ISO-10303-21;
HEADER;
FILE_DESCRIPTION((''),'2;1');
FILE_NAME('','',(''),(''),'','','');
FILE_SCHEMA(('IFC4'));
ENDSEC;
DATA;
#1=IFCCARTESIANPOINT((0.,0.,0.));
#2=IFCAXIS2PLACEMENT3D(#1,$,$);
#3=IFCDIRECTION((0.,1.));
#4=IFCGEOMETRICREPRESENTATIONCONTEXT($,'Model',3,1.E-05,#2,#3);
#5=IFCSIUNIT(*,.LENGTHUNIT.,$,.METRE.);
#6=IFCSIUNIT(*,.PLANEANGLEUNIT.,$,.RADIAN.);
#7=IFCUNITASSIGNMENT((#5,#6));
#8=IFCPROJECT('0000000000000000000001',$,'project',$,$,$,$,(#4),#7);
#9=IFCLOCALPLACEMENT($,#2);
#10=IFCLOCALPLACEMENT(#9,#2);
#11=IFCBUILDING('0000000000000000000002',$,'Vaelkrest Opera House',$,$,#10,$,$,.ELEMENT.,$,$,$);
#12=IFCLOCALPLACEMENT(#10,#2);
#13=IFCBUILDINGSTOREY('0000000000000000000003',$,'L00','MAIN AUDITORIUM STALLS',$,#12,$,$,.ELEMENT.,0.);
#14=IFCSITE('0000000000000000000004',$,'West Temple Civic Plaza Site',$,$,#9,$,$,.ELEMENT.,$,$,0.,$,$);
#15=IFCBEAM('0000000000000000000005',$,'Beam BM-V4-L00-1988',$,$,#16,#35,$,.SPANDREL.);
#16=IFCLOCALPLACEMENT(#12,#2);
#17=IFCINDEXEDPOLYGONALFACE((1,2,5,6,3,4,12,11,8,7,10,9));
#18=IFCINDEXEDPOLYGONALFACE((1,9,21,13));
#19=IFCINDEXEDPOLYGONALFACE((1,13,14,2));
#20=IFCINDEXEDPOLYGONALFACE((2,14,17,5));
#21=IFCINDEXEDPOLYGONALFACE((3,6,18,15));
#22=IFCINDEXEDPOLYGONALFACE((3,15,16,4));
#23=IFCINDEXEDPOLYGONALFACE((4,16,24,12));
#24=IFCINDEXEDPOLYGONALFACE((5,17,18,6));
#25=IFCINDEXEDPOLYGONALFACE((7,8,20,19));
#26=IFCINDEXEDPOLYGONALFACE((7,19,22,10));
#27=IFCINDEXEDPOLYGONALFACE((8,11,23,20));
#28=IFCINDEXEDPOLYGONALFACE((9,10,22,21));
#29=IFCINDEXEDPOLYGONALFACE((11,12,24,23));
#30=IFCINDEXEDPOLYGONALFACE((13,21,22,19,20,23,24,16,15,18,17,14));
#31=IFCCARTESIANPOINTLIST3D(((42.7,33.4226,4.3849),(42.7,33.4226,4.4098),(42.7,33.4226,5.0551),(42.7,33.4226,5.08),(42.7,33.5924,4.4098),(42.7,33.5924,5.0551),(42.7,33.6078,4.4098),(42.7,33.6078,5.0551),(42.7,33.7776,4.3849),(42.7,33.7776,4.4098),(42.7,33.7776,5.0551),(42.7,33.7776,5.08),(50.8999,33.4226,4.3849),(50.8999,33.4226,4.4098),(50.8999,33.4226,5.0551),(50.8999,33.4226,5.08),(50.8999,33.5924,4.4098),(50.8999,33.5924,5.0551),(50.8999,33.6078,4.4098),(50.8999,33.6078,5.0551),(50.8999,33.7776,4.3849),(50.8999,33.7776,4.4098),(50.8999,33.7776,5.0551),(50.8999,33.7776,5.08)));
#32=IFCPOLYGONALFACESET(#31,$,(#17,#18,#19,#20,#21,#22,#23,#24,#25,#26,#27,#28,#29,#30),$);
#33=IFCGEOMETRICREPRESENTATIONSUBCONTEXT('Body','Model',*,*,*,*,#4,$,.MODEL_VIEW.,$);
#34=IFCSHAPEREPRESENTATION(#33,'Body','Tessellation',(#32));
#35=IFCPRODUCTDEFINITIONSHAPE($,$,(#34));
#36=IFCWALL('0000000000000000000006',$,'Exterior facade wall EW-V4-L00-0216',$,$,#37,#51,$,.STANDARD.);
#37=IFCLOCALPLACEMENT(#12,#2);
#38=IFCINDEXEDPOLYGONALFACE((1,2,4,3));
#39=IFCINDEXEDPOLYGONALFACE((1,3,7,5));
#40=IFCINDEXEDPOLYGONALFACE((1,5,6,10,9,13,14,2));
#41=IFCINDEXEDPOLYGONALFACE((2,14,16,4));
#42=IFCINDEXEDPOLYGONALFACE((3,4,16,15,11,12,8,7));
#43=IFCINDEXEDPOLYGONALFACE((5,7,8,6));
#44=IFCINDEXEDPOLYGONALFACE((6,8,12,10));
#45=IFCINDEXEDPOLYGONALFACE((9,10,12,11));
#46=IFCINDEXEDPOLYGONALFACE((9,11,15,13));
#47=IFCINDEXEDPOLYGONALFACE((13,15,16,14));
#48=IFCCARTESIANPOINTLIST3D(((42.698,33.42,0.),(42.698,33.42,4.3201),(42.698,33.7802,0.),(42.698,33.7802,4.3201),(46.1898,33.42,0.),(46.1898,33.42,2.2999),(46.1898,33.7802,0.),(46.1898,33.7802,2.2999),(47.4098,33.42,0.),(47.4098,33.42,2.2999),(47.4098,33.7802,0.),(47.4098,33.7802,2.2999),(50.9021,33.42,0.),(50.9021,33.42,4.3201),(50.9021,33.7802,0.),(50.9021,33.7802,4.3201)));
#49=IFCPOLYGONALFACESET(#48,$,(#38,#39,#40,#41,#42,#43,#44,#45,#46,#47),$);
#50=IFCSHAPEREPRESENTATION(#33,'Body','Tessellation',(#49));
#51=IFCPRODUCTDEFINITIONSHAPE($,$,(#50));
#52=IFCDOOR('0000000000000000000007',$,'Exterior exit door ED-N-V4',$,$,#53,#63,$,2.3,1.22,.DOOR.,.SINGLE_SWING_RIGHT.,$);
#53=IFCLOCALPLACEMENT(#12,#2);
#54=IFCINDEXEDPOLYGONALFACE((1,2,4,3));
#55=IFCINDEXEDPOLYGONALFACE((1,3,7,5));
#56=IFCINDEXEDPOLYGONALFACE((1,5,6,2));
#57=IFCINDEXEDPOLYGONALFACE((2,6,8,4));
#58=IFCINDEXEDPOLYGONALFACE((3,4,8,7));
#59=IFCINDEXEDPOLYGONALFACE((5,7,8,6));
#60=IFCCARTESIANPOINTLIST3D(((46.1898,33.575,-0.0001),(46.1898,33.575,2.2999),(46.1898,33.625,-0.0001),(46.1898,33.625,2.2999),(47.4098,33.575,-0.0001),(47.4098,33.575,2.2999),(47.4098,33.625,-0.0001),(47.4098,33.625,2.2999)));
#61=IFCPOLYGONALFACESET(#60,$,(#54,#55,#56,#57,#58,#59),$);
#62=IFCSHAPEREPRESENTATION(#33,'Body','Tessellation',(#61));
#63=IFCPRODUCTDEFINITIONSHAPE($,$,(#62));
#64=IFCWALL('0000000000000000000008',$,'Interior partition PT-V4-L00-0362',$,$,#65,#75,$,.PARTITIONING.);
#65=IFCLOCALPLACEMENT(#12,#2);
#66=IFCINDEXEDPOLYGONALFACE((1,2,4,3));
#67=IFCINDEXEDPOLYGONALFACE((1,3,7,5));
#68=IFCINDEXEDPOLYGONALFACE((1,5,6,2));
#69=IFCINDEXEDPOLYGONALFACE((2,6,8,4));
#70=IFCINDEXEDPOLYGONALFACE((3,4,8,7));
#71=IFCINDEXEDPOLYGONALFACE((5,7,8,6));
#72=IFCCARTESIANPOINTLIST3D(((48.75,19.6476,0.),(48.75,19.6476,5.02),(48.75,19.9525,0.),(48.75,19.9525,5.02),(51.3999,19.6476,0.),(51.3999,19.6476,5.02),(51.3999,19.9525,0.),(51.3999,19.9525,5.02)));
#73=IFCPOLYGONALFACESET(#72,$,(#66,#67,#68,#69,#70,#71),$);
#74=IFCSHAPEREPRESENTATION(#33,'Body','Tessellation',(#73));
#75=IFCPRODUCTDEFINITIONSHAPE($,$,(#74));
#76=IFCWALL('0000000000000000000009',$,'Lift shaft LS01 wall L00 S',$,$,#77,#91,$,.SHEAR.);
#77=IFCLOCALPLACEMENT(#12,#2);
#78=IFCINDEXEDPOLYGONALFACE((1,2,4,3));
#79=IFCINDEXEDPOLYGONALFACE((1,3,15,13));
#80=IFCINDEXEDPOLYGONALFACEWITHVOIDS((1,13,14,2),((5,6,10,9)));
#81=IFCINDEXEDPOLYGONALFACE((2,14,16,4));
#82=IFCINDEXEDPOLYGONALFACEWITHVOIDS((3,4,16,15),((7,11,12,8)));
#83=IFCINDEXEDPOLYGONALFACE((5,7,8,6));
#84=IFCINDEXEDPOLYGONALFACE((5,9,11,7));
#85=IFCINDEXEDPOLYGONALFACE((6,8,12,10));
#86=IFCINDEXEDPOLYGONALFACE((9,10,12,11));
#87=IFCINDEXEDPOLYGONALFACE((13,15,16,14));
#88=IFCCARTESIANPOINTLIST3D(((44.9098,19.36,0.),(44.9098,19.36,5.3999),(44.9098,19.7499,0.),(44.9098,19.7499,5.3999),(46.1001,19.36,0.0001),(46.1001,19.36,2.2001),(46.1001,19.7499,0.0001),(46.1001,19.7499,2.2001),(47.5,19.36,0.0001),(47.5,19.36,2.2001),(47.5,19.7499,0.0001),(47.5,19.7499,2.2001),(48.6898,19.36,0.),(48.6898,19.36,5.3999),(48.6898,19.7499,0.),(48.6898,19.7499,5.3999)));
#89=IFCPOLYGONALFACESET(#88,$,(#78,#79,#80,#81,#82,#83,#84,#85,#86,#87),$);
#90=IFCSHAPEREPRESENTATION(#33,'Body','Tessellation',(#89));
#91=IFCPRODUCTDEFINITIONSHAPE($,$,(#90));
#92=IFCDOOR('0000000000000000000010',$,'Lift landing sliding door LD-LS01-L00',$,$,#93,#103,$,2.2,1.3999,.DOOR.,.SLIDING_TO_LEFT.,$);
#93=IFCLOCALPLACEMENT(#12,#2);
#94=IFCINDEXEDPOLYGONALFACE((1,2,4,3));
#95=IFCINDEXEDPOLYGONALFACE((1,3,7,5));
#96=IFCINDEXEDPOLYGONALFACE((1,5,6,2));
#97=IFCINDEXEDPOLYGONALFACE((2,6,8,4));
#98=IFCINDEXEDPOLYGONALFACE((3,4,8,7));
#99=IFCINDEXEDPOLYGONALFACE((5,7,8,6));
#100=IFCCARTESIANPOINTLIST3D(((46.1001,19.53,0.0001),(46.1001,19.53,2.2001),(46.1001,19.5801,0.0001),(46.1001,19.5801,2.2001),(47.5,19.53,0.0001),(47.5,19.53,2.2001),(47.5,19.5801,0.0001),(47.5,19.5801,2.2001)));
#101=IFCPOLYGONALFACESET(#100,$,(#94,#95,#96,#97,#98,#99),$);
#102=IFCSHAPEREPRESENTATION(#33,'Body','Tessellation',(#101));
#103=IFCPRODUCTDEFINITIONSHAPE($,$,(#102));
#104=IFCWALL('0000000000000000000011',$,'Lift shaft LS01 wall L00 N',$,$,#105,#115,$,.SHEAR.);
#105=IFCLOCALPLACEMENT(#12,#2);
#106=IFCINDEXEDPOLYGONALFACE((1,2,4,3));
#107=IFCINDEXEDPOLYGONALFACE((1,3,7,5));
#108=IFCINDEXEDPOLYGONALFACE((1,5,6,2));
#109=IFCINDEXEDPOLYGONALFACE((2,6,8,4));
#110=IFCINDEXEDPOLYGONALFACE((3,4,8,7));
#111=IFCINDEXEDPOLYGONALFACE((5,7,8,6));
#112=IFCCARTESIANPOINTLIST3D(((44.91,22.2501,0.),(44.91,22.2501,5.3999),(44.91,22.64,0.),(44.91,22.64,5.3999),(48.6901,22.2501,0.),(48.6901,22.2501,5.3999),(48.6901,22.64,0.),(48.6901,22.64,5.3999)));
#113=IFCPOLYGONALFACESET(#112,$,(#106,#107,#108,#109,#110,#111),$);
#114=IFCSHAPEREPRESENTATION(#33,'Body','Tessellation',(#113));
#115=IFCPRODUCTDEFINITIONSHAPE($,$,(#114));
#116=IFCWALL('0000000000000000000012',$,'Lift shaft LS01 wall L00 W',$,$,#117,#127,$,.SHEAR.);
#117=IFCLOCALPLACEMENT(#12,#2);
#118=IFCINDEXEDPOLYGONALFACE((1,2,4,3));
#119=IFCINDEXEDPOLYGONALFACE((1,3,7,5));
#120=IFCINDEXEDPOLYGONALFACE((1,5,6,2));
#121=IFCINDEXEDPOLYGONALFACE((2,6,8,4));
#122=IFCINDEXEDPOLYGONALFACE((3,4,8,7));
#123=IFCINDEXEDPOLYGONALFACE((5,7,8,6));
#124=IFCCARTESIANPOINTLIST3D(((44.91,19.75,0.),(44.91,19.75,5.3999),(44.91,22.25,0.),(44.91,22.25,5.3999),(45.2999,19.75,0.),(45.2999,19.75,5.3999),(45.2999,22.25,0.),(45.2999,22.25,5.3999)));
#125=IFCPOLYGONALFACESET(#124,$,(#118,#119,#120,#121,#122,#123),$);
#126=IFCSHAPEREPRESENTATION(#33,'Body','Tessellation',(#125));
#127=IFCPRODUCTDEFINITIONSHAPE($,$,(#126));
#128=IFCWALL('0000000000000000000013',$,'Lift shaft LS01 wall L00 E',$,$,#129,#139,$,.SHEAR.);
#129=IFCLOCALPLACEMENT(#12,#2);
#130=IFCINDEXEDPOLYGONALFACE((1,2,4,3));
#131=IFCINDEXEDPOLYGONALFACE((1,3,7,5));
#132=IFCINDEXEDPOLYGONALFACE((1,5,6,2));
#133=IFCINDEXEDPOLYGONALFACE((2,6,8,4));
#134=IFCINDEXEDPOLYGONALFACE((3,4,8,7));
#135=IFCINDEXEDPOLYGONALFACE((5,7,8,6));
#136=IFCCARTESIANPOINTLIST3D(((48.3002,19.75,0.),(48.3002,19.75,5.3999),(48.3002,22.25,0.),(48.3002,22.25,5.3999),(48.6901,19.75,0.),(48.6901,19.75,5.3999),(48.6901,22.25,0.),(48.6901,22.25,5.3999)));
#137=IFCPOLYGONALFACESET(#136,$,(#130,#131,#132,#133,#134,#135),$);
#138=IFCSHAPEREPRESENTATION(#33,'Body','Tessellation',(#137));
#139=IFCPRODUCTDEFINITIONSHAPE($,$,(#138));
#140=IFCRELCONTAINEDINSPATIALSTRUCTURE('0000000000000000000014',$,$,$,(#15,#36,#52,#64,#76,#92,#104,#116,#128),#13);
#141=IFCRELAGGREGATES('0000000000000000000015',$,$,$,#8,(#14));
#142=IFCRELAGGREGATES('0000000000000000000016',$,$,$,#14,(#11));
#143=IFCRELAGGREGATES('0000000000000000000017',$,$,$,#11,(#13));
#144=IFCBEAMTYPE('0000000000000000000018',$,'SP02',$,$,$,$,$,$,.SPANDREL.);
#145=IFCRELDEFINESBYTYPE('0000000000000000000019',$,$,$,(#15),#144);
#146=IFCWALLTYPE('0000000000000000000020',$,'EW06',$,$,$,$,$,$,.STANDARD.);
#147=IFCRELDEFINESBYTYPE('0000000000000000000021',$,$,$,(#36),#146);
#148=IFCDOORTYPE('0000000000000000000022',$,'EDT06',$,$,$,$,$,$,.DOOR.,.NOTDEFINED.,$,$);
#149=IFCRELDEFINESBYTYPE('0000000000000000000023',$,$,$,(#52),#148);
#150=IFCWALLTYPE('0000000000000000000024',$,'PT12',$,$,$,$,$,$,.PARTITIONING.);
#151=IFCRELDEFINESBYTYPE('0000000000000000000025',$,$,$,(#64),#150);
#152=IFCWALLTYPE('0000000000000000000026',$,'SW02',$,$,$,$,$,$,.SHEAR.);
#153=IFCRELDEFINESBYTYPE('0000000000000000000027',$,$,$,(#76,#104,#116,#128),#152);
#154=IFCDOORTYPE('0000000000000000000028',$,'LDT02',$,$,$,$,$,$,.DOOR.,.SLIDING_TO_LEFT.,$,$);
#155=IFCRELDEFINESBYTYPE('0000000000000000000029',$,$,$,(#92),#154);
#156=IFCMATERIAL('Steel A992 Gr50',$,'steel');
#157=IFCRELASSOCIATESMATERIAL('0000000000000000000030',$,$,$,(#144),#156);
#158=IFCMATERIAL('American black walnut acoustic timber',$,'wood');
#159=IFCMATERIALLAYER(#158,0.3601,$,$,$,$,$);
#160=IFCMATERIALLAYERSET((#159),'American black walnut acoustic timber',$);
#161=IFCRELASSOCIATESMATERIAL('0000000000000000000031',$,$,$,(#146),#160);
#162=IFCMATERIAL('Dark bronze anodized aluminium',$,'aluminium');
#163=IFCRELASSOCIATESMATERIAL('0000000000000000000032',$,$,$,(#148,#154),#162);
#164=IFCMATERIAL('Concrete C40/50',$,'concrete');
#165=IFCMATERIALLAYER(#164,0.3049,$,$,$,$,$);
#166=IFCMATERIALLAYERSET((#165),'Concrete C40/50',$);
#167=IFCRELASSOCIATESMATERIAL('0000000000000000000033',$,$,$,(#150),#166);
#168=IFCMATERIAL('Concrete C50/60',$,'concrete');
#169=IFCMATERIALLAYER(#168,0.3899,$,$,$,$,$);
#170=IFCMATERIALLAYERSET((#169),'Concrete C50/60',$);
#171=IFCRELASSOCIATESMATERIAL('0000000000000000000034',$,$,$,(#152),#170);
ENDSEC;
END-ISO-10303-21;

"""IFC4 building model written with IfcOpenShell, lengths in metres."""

from ifc_helpers import new_model, si_unit, direction, frame, frame_2d, origin, origin_2d, place, context, subcontext, project, spatial, rectangle, i_section, extrude, material, layer, layer_set, material_profile, profile_set, type_object, element, fill, save


model = new_model("IFC4")

# Units and contexts
model_context = context("Model", 3, precision=1e-05, world=origin(), true_north=direction((0.0, 1.0)))
body_context = subcontext(model_context, "Body", "Model", "MODEL_VIEW")
ifc_project = project(units=[si_unit("LENGTHUNIT", "METRE"), si_unit("PLANEANGLEUNIT", "RADIAN")], contexts=[model_context])

# Site, building, storey
site_placement = place(None, origin())
site = spatial("IfcSite", under=ifc_project, at=site_placement, Name="West Temple Civic Plaza Site", CompositionType="ELEMENT", RefElevation=0.0)
building_placement = place(site_placement, origin())
building = spatial("IfcBuilding", under=site, at=building_placement, Name="Vaelkrest Opera House", CompositionType="ELEMENT")
storey_placement = place(building_placement, origin())
storey = spatial("IfcBuildingStorey", under=building, at=storey_placement, Name="L00", Description="MAIN AUDITORIUM STALLS", CompositionType="ELEMENT", Elevation=0.0)

# Shared definitions
ifc_material_1 = material(Name="Concrete C50/60", Category="concrete")

# Beam
ifc_material_2 = material(Name="Steel A992 Gr50", Category="steel")
ifc_material_profile_1 = material_profile(ifc_material_2, i_section(OverallWidth=0.355, OverallDepth=0.6951, WebThickness=0.0154, FlangeThickness=0.0249, at=origin_2d()), Name="W27X146")
ifc_profile_set_1 = profile_set([ifc_material_profile_1], Name="Steel A992 Gr50")
beam_type_1 = type_object("IfcBeamType", Name="SP02", PredefinedType="SPANDREL", material=ifc_profile_set_1)
beam_1_placement = place(storey_placement, frame((42.7, 33.6001, 4.7324), z_axis=(1.0, 0.0, 0.0), x_axis=(0.0, 1.0, 0.0)))
element("IfcBeam", 1, at=beam_1_placement, inside=storey, type_object=beam_type_1, Name="Beam BM-V4-L00-1988", PredefinedType="SPANDREL", context=body_context, shape_type="SweptSolid", body=[
    extrude(i_section(OverallWidth=0.355, OverallDepth=0.6951, WebThickness=0.0154, FlangeThickness=0.0249, at=origin_2d()), origin(), (0.0, 0.0, 1.0), 8.2),
])

# Wall, opening, door
ifc_material_3 = material(Name="American black walnut acoustic timber", Category="wood")
ifc_layer_1 = layer(ifc_material_3, 0.3601)
ifc_layer_set_1 = layer_set([ifc_layer_1], Name="American black walnut acoustic timber")
wall_type_1 = type_object("IfcWallType", Name="EW06", PredefinedType="STANDARD", material=ifc_layer_set_1)
wall_1_placement = place(storey_placement, frame((42.698, 33.6001, 0.0), z_axis=(0.0, 0.0, 1.0), x_axis=(1.0, 0.0, 0.0)))
wall_1 = element("IfcWall", 2, at=wall_1_placement, inside=storey, type_object=wall_type_1, Name="Exterior facade wall EW-V4-L00-0216", PredefinedType="STANDARD", context=body_context, shape_type="SweptSolid", body=[
    extrude(rectangle(XDim=8.2041, YDim=0.3601, at=frame_2d((4.1021, 0.0))), origin(), (0.0, 0.0, 1.0), 4.3201),
])
opening_1_placement = place(wall_1_placement, frame((3.4919, 0.0, 0.0)))
opening_1 = element("IfcOpeningElement", 3, at=opening_1_placement, cuts=wall_1, PredefinedType="OPENING", context=body_context, shape_type="SweptSolid", body=[
    extrude(rectangle(XDim=1.22, YDim=2.3, at=frame_2d((0.6099, 1.1499))), frame((0.0, 0.1899, 0.0), z_axis=(0.0, -1.0, 0.0), x_axis=(1.0, 0.0, 0.0)), (0.0, 0.0, 1.0), 0.3801),
])
ifc_material_4 = material(Name="Dark bronze anodized aluminium", Category="aluminium")
door_type_1 = type_object("IfcDoorType", Name="EDT06", OperationType="NOTDEFINED", PredefinedType="DOOR", material=ifc_material_4)
door_1_placement = place(opening_1_placement, origin())
door_1 = element("IfcDoor", 4, at=door_1_placement, inside=storey, type_object=door_type_1, Name="Exterior exit door ED-N-V4", OperationType="SINGLE_SWING_RIGHT", OverallHeight=2.3, OverallWidth=1.22, PredefinedType="DOOR", context=body_context, shape_type="SweptSolid", body=[
    extrude(rectangle(XDim=1.22, YDim=2.3, at=frame_2d((0.6099, 1.1499))), frame((0.0, 0.0249, 0.0), z_axis=(0.0, -1.0, 0.0), x_axis=(1.0, 0.0, 0.0)), (0.0, 0.0, 1.0), 0.05),
])
fill(opening_1, door_1)

# Wall
ifc_material_5 = material(Name="Concrete C40/50", Category="concrete")
ifc_layer_2 = layer(ifc_material_5, 0.3049)
ifc_layer_set_2 = layer_set([ifc_layer_2], Name="Concrete C40/50")
wall_type_2 = type_object("IfcWallType", Name="PT12", PredefinedType="PARTITIONING", material=ifc_layer_set_2)
wall_2_placement = place(storey_placement, frame((48.75, 19.8, 0.0), z_axis=(0.0, 0.0, 1.0), x_axis=(1.0, 0.0, 0.0)))
element("IfcWall", 5, at=wall_2_placement, inside=storey, type_object=wall_type_2, Name="Interior partition PT-V4-L00-0362", PredefinedType="PARTITIONING", context=body_context, shape_type="SweptSolid", body=[
    extrude(rectangle(XDim=2.6499, YDim=0.3049, at=frame_2d((1.325, 0.0))), origin(), (0.0, 0.0, 1.0), 5.02),
])

# Wall, opening, door
ifc_layer_3 = layer(ifc_material_1, 0.3899)
ifc_layer_set_3 = layer_set([ifc_layer_3], Name="Concrete C50/60")
wall_type_3 = type_object("IfcWallType", Name="SW02", PredefinedType="SHEAR", material=ifc_layer_set_3)
wall_3_placement = place(storey_placement, frame((48.6899, 19.5549, 0.0), z_axis=(0.0, 0.0, 1.0), x_axis=(-1.0, 0.0, 0.0)))
wall_3 = element("IfcWall", 6, at=wall_3_placement, inside=storey, type_object=wall_type_3, Name="Lift shaft LS01 wall L00 S", PredefinedType="SHEAR", context=body_context, shape_type="SweptSolid", body=[
    extrude(rectangle(XDim=3.78, YDim=0.3899, at=frame_2d((1.8901, 0.0))), origin(), (0.0, 0.0, 1.0), 5.3999),
])
opening_2_placement = place(wall_3_placement, frame((1.1899, 0.0, 0.0)))
opening_2 = element("IfcOpeningElement", 7, at=opening_2_placement, cuts=wall_3, PredefinedType="OPENING", context=body_context, shape_type="SweptSolid", body=[
    extrude(rectangle(XDim=1.3999, YDim=2.2, at=frame_2d((0.7, 1.1001))), frame((0.0, 0.2048, 0.0), z_axis=(0.0, -1.0, 0.0), x_axis=(1.0, 0.0, 0.0)), (0.0, 0.0, 1.0), 0.4099),
])
door_type_2 = type_object("IfcDoorType", Name="LDT02", OperationType="SLIDING_TO_LEFT", PredefinedType="DOOR", material=ifc_material_4)
door_2_placement = place(opening_2_placement, origin())
door_2 = element("IfcDoor", 8, at=door_2_placement, inside=storey, type_object=door_type_2, Name="Lift landing sliding door LD-LS01-L00", OperationType="SLIDING_TO_LEFT", OverallHeight=2.2, OverallWidth=1.3999, PredefinedType="DOOR", context=body_context, shape_type="SweptSolid", body=[
    extrude(rectangle(XDim=1.3999, YDim=2.2, at=frame_2d((0.7, 1.1001))), frame((0.0, 0.0249, 0.0), z_axis=(0.0, -1.0, 0.0), x_axis=(1.0, 0.0, 0.0)), (0.0, 0.0, 1.0), 0.05),
])
fill(opening_2, door_2)

# Walls
wall_4_placement = place(storey_placement, frame((44.9099, 22.4451, 0.0), z_axis=(0.0, 0.0, 1.0), x_axis=(1.0, 0.0, 0.0)))
element("IfcWall", 9, at=wall_4_placement, inside=storey, type_object=wall_type_3, Name="Lift shaft LS01 wall L00 N", PredefinedType="SHEAR", context=body_context, shape_type="SweptSolid", body=[
    extrude(rectangle(XDim=3.78, YDim=0.3899, at=frame_2d((1.8901, 0.0))), origin(), (0.0, 0.0, 1.0), 5.3999),
])
for number, where, z_axis, x_axis, name in (
    (10, (45.105, 19.75, 0.0), (0.0, 0.0, 1.0), (0.0, 1.0, 0.0), "Lift shaft LS01 wall L00 W"),
    (11, (48.4951, 22.25, 0.0), (0.0, 0.0, 1.0), (0.0, -1.0, 0.0), "Lift shaft LS01 wall L00 E"),
):
    element("IfcWall", number, at=place(storey_placement, frame(where, z_axis=z_axis, x_axis=x_axis)), inside=storey, type_object=wall_type_3, Name=name, PredefinedType="SHEAR", context=body_context, shape_type="SweptSolid", body=[
        extrude(rectangle(XDim=2.5, YDim=0.3899, at=frame_2d((1.25, 0.0))), origin(), (0.0, 0.0, 1.0), 5.3999),
    ])

save(model, "model.ifc")
